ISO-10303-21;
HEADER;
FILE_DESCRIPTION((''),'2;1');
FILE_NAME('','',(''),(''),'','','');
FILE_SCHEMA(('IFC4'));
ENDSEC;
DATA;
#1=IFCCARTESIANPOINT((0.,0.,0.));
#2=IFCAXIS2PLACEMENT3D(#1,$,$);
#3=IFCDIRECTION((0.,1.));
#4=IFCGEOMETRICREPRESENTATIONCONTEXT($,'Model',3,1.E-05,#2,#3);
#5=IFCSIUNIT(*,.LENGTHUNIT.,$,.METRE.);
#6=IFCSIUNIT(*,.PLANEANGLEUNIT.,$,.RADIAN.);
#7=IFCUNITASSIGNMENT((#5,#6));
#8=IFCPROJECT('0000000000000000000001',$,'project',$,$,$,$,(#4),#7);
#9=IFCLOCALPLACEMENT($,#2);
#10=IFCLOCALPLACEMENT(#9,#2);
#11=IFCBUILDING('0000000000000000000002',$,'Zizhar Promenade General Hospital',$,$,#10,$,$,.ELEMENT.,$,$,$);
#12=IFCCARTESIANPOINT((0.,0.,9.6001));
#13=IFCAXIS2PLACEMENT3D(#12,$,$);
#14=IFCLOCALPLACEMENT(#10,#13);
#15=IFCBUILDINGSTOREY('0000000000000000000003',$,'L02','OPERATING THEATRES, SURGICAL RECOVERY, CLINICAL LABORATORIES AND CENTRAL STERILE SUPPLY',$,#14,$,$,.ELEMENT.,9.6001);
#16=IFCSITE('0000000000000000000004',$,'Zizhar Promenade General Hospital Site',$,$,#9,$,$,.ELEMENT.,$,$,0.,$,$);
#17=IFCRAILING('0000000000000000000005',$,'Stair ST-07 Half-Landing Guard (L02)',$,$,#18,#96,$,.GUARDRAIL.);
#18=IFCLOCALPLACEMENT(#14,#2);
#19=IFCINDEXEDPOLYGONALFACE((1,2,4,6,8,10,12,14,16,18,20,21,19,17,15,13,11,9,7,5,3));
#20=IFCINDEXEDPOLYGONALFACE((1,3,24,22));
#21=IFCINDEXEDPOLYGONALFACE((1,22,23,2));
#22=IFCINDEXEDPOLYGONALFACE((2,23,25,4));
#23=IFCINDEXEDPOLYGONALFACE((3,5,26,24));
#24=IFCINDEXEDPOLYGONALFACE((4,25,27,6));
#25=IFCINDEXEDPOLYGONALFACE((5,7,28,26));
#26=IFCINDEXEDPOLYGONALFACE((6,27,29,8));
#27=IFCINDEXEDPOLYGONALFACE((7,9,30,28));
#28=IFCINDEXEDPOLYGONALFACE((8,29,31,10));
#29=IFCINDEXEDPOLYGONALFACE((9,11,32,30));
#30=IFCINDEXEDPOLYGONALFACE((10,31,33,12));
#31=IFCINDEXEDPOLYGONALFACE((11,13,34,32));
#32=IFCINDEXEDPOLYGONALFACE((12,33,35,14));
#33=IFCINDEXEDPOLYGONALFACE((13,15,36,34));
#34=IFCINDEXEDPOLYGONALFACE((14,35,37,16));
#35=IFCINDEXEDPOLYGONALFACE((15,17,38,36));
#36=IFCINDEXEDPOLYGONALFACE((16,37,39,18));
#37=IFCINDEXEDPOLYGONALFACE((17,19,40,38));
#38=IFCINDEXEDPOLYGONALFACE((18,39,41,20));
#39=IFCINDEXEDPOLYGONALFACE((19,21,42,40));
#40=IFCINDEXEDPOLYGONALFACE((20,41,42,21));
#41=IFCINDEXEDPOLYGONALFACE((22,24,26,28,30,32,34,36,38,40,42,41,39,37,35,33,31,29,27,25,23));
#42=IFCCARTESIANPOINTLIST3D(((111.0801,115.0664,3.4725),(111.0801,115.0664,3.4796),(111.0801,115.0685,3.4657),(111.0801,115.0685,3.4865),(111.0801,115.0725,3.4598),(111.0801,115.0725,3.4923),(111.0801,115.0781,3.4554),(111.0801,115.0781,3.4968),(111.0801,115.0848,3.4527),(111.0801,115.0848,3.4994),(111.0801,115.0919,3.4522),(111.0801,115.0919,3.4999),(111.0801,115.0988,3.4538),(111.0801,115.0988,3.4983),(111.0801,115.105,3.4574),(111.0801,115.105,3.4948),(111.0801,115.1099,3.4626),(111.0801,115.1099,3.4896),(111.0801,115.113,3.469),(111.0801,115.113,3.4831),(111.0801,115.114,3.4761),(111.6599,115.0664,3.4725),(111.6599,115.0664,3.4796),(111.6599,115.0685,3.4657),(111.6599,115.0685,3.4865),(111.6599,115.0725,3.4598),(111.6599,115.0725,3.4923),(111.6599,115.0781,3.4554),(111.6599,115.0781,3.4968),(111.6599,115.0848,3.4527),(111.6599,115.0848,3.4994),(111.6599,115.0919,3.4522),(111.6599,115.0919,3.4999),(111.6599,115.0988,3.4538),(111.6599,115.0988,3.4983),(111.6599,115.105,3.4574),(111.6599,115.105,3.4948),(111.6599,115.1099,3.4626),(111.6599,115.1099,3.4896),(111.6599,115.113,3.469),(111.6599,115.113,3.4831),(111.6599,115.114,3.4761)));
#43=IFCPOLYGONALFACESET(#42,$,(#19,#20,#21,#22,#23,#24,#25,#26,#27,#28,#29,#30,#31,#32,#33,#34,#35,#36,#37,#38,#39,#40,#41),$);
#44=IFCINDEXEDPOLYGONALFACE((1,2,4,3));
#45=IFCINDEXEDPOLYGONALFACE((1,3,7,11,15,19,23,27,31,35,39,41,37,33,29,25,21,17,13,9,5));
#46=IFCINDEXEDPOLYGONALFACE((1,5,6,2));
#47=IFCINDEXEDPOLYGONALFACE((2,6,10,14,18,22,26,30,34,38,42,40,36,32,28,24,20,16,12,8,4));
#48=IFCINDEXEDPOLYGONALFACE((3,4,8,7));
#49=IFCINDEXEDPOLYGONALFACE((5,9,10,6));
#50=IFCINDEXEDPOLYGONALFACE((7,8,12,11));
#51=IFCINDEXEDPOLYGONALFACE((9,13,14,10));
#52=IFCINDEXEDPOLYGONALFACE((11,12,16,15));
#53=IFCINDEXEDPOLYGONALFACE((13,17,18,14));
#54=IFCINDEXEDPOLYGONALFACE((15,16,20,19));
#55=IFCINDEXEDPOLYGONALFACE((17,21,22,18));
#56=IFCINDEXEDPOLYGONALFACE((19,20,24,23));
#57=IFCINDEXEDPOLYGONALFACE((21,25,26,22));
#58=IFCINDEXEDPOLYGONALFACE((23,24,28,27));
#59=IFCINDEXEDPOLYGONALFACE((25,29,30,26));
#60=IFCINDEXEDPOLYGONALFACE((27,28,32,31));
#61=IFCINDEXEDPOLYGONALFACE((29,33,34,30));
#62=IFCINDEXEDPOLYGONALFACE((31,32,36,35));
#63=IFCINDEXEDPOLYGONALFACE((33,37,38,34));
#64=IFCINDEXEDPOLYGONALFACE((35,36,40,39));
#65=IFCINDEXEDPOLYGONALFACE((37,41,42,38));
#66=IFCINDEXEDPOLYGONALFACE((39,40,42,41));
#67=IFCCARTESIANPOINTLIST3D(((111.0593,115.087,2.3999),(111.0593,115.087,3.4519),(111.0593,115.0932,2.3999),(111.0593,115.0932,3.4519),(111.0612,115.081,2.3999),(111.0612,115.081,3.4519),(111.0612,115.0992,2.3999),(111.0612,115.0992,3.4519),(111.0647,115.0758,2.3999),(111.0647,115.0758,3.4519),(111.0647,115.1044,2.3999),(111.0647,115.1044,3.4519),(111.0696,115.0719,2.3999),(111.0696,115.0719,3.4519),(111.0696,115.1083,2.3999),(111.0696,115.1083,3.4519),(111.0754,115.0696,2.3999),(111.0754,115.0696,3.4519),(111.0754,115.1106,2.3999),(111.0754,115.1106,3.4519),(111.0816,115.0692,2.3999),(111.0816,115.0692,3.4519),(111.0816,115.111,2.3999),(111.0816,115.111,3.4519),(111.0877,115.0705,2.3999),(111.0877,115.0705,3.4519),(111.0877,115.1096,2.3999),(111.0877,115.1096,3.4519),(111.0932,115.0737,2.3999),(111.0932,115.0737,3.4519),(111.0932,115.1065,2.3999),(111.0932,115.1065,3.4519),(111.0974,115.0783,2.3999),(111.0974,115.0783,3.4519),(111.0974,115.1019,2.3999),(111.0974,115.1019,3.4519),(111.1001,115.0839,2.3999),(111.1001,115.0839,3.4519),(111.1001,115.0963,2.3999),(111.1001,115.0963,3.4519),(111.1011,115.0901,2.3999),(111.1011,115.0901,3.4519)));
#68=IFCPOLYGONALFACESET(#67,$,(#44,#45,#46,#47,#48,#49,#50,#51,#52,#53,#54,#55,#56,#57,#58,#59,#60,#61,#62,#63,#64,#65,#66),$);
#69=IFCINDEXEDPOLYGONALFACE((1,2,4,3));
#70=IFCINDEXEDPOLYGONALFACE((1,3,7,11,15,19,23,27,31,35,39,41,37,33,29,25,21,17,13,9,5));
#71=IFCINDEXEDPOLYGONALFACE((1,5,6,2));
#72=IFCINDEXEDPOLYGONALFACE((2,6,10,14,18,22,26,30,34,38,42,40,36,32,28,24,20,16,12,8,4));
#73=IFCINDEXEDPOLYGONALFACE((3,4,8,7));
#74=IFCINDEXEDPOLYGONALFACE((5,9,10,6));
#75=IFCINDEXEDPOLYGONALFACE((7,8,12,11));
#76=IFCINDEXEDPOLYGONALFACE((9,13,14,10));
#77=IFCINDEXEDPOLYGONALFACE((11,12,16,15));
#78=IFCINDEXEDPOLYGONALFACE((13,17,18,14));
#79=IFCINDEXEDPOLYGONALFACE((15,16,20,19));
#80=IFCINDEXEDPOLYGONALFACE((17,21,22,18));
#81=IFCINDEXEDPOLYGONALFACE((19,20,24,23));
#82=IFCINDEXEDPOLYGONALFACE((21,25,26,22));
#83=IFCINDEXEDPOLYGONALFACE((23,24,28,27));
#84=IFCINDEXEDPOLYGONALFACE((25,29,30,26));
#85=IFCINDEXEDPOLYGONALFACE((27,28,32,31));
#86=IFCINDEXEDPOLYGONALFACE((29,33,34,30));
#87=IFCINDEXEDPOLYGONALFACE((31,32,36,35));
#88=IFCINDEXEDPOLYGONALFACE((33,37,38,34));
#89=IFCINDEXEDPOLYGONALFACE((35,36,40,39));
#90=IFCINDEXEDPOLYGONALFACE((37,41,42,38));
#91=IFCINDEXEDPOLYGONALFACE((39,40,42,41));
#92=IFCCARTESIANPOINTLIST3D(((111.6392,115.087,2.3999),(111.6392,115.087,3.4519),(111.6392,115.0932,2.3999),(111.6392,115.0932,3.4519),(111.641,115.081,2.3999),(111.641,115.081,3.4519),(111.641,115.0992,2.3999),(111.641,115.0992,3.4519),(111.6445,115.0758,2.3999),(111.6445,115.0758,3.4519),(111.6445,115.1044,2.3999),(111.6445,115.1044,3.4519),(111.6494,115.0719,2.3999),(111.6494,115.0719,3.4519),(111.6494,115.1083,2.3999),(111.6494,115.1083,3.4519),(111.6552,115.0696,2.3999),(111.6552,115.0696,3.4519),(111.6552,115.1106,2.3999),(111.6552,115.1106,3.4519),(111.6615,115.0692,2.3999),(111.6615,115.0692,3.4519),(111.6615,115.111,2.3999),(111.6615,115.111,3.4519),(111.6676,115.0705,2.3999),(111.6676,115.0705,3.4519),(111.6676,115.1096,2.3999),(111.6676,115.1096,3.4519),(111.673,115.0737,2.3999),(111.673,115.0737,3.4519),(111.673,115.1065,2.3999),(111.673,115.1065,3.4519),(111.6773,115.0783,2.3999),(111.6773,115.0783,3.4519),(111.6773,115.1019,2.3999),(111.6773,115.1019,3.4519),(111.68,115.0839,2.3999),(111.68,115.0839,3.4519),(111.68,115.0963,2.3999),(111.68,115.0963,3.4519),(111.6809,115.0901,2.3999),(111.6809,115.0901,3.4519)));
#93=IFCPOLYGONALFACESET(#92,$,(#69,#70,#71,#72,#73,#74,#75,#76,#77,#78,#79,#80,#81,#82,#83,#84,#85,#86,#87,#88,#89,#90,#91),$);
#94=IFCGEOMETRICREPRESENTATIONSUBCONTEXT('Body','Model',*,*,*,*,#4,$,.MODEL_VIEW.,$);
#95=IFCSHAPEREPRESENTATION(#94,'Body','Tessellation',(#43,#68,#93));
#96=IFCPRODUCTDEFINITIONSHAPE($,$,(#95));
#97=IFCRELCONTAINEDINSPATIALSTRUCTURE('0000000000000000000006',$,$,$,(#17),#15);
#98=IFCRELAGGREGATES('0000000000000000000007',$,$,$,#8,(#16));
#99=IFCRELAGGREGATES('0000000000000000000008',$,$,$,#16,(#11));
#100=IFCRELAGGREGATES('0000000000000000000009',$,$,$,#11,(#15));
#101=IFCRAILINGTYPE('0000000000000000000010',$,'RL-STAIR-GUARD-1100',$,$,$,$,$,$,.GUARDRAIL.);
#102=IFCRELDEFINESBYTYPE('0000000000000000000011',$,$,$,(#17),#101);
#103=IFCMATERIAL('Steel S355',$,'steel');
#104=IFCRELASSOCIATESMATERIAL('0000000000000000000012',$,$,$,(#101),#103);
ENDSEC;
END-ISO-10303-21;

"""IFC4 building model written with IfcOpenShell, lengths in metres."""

from ifc_helpers import new_model, si_unit, direction, frame, origin, origin_2d, place, context, subcontext, project, spatial, circle, hollow_circle, extrude, material, material_profile, profile_set, type_object, element, save


model = new_model("IFC4")

# Units and contexts
model_context = context("Model", 3, precision=1e-05, world=origin(), true_north=direction((0.0, 1.0)))
body_context = subcontext(model_context, "Body", "Model", "MODEL_VIEW")
ifc_project = project(units=[si_unit("LENGTHUNIT", "METRE"), si_unit("PLANEANGLEUNIT", "RADIAN")], contexts=[model_context])

# Site, building, storey
site_placement = place(None, origin())
site = spatial("IfcSite", under=ifc_project, at=site_placement, Name="Zizhar Promenade General Hospital Site", CompositionType="ELEMENT", RefElevation=0.0)
building_placement = place(site_placement, origin())
building = spatial("IfcBuilding", under=site, at=building_placement, Name="Zizhar Promenade General Hospital", CompositionType="ELEMENT")
storey_placement = place(building_placement, frame((0.0, 0.0, 9.6001)))
storey = spatial("IfcBuildingStorey", under=building, at=storey_placement, Name="L02", Description="OPERATING THEATRES, SURGICAL RECOVERY, CLINICAL LABORATORIES AND CENTRAL STERILE SUPPLY", CompositionType="ELEMENT", Elevation=9.6001)

# Railing
ifc_material_1 = material(Name="Steel S355", Category="steel")
ifc_material_profile_1 = material_profile(ifc_material_1, hollow_circle(Radius=0.0698, WallThickness=0.0063, at=origin_2d()))
ifc_profile_set_1 = profile_set([ifc_material_profile_1], Name="Steel S355")
railing_type_1 = type_object("IfcRailingType", Name="RL-STAIR-GUARD-1100", PredefinedType="GUARDRAIL", material=ifc_profile_set_1)
railing_1_placement = place(storey_placement, frame((111.0801, 115.0901, 2.3999)))
element("IfcRailing", 1, at=railing_1_placement, inside=storey, type_object=railing_type_1, Name="Stair ST-07 Half-Landing Guard (L02)", PredefinedType="GUARDRAIL", context=body_context, shape_type="SweptSolid", body=[
    extrude(circle(Radius=0.0239, at=origin_2d()), frame((0.0, 0.0, 1.0762), z_axis=(1.0, 0.0, 0.0), x_axis=(0.0, 1.0, 0.0)), (0.0, 0.0, 1.0), 0.5798),
    extrude(circle(Radius=0.021, at=origin_2d()), origin(), (0.0, 0.0, 1.0), 1.052),
    extrude(circle(Radius=0.021, at=origin_2d()), frame((0.5798, 0.0, 0.0)), (0.0, 0.0, 1.0), 1.052),
])

save(model, "model.ifc")
